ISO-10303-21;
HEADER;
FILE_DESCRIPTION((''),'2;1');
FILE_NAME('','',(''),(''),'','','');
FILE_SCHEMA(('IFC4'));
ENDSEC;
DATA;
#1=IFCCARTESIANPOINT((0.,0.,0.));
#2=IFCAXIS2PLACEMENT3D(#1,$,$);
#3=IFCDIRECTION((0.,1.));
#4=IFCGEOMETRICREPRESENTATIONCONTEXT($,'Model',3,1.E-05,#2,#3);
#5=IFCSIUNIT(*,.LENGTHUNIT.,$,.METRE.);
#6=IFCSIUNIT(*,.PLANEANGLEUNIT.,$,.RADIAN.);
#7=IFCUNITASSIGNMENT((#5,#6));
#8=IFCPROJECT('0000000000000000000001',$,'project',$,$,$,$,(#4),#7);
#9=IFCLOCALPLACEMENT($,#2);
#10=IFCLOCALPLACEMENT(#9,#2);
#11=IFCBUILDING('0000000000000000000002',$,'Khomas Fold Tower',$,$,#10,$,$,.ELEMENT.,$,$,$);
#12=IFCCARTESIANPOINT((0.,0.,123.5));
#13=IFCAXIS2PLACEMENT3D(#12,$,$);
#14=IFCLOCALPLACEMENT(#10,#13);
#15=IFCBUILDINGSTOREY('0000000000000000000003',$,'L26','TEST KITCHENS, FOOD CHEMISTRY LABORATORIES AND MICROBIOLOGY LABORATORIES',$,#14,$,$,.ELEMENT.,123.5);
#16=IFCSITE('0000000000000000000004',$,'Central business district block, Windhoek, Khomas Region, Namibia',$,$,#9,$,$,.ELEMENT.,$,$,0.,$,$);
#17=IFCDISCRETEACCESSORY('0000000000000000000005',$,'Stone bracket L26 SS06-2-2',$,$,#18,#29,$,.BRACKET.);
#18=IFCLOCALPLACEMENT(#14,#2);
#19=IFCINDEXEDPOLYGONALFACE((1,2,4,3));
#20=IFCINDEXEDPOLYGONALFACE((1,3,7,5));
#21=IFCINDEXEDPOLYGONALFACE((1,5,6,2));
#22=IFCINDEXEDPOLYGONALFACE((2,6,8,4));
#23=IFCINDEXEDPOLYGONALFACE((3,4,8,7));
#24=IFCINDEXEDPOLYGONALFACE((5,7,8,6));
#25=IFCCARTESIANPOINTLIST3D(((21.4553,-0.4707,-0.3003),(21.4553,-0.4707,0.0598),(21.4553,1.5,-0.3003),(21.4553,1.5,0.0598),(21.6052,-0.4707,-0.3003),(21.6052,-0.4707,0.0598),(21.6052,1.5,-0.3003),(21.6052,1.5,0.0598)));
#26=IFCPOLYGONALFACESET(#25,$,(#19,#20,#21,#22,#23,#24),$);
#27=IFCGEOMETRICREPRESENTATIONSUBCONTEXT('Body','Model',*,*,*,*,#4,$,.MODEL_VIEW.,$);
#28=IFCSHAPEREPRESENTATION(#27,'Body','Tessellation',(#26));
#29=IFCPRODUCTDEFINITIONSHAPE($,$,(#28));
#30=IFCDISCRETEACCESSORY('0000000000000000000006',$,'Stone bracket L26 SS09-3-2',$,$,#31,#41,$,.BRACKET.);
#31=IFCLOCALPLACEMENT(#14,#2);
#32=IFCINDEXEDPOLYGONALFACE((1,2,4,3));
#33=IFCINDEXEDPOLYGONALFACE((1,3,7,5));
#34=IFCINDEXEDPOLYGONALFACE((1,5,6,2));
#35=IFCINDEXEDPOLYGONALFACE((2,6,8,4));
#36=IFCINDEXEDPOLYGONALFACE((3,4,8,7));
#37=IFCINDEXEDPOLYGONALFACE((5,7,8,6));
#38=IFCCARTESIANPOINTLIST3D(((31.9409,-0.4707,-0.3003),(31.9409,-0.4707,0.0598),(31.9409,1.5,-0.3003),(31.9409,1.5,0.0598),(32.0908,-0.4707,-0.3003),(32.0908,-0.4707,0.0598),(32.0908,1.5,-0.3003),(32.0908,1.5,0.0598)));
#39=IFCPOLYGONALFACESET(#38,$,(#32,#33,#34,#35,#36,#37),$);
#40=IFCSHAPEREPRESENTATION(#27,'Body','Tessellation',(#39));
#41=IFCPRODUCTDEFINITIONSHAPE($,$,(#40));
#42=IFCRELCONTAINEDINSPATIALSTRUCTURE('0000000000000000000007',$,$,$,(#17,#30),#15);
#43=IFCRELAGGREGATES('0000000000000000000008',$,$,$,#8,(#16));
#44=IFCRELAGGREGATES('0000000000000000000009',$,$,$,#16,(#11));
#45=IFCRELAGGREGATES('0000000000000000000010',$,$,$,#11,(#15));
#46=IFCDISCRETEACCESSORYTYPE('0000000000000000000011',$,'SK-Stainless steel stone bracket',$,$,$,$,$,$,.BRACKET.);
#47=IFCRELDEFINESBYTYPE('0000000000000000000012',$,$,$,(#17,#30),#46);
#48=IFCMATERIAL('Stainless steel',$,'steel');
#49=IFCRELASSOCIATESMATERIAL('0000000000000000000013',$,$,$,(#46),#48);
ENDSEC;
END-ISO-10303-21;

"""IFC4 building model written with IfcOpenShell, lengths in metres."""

from ifc_helpers import new_model, si_unit, direction, frame, origin, origin_2d, place, context, subcontext, project, spatial, rectangle, extrude, source, transform, mapped, material, type_object, element, save


model = new_model("IFC4")

# Units and contexts
model_context = context("Model", 3, precision=1e-05, world=origin(), true_north=direction((0.0, 1.0)))
body_context = subcontext(model_context, "Body", "Model", "MODEL_VIEW")
ifc_project = project(units=[si_unit("LENGTHUNIT", "METRE"), si_unit("PLANEANGLEUNIT", "RADIAN")], contexts=[model_context])

# Site, building, storey
site_placement = place(None, origin())
site = spatial("IfcSite", under=ifc_project, at=site_placement, Name="Central business district block, Windhoek, Khomas Region, Namibia", CompositionType="ELEMENT", RefElevation=0.0)
building_placement = place(site_placement, origin())
building = spatial("IfcBuilding", under=site, at=building_placement, Name="Khomas Fold Tower", CompositionType="ELEMENT")
storey_placement = place(building_placement, frame((0.0, 0.0, 123.5)))
storey = spatial("IfcBuildingStorey", under=building, at=storey_placement, Name="L26", Description="TEST KITCHENS, FOOD CHEMISTRY LABORATORIES AND MICROBIOLOGY LABORATORIES", CompositionType="ELEMENT", Elevation=123.5)

# Discrete accessories
ifc_material_1 = material(Name="Stainless steel", Category="steel")
discrete_accessory_type = type_object("IfcDiscreteAccessoryType", Name="SK-Stainless steel stone bracket", PredefinedType="BRACKET", material=ifc_material_1)
shared_shape_1 = source(origin(), body_context, "Body", "SweptSolid", [
    extrude(rectangle(XDim=1.9707, YDim=0.1499, at=origin_2d()), origin(), (0.0, 0.0, 1.0), 0.3601),
])
for number, where, z_axis, x_axis, name in (
    (1, (21.5303, 0.5146, -0.3003), (0.0, 0.0, 1.0), (0.0, -1.0, 0.0), "Stone bracket L26 SS06-2-2"),
    (2, (32.0159, 0.5146, -0.3003), (0.0, 0.0, 1.0), (0.0, -1.0, 0.0), "Stone bracket L26 SS09-3-2"),
):
    element("IfcDiscreteAccessory", number, at=place(storey_placement, frame(where, z_axis=z_axis, x_axis=x_axis)), inside=storey, type_object=discrete_accessory_type, Name=name, PredefinedType="BRACKET", context=body_context, shape_type="MappedRepresentation", body=[
        mapped(shared_shape_1, transform((0.0, 0.0, 0.0))),
    ])

save(model, "model.ifc")
